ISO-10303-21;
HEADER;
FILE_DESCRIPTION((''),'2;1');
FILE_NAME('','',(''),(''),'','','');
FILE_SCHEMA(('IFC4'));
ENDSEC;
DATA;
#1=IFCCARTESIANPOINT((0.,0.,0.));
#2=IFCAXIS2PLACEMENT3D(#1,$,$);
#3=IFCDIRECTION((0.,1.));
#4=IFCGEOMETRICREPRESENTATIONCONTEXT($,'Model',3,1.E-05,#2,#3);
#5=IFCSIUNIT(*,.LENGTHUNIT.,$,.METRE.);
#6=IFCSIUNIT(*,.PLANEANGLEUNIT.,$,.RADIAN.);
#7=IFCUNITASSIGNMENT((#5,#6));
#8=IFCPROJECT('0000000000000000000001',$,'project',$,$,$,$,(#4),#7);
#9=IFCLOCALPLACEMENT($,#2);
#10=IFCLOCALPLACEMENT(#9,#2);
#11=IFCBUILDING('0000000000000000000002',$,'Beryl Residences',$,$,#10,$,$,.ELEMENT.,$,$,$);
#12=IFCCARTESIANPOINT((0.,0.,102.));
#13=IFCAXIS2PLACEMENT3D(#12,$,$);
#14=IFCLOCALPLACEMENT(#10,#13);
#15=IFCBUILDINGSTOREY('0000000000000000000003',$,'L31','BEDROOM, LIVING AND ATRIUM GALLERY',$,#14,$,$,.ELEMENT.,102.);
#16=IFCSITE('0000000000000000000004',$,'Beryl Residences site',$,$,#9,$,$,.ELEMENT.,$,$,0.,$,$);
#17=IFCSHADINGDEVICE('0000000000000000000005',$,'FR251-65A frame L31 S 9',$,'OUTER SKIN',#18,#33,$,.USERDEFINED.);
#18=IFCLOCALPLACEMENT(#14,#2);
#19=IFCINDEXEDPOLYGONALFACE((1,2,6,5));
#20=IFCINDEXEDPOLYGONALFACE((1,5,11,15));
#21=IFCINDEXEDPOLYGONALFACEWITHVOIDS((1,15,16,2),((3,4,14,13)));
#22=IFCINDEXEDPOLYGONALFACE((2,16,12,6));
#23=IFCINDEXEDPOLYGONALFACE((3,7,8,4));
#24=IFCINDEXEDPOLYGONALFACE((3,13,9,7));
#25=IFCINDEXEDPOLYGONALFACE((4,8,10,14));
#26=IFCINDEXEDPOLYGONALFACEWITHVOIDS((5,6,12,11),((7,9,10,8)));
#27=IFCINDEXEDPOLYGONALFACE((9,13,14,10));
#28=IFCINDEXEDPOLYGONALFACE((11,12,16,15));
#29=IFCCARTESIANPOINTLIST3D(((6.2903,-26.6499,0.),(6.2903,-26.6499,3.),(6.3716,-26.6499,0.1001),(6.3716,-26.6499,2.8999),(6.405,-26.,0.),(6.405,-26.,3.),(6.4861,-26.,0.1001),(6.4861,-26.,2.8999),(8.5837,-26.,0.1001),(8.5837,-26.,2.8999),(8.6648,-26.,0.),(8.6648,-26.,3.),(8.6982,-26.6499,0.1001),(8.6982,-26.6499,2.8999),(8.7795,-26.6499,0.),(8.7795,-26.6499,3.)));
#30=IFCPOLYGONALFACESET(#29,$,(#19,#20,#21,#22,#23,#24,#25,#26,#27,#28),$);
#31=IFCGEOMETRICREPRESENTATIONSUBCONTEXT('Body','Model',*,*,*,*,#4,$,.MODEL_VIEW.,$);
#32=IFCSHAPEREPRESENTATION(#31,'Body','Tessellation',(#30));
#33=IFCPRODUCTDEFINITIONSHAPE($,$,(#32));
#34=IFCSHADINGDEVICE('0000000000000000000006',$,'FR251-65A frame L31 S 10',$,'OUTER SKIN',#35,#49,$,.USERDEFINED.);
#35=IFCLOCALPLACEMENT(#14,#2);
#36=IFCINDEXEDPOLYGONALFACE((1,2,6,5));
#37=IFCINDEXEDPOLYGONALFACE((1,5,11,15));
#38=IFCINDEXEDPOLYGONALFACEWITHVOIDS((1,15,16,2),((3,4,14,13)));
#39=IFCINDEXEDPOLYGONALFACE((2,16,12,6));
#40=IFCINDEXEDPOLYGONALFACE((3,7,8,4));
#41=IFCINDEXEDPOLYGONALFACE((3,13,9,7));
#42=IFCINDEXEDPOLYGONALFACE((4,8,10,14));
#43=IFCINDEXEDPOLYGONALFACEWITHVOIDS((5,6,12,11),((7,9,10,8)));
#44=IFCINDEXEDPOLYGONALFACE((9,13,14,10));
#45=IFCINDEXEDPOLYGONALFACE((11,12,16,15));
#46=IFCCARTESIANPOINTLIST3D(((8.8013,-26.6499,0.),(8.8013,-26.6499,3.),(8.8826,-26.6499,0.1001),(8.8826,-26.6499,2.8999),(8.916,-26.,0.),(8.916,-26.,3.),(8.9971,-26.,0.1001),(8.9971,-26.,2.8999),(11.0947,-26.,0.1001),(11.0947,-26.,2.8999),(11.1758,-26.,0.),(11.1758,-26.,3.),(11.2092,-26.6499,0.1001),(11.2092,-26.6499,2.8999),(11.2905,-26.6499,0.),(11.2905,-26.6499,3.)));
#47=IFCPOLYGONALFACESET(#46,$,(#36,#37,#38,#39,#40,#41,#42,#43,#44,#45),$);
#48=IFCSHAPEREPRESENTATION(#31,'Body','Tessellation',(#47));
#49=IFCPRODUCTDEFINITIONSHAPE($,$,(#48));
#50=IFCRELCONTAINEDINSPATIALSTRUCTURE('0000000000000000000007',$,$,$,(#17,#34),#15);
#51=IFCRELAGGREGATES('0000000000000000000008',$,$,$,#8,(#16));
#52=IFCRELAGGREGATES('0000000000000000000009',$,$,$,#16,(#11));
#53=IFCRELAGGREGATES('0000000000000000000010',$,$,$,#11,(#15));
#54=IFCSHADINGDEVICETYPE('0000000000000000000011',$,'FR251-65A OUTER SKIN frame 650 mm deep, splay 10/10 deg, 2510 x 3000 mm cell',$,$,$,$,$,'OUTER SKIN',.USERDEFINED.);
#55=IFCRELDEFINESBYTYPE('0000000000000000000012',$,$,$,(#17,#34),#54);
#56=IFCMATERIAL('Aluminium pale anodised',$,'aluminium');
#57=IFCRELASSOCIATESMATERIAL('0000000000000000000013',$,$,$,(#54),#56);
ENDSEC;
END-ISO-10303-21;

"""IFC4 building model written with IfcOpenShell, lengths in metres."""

from ifc_helpers import new_model, entity, si_unit, direction, frame, origin, place, context, subcontext, project, spatial, source, transform, mapped, material, type_object, type_shapes, element, save


model = new_model("IFC4")

# Units and contexts
model_context = context("Model", 3, precision=1e-05, world=origin(), true_north=direction((0.0, 1.0)))
body_context = subcontext(model_context, "Body", "Model", "MODEL_VIEW")
ifc_project = project(units=[si_unit("LENGTHUNIT", "METRE"), si_unit("PLANEANGLEUNIT", "RADIAN")], contexts=[model_context])

# Site, building, storey
site_placement = place(None, origin())
site = spatial("IfcSite", under=ifc_project, at=site_placement, Name="Beryl Residences site", CompositionType="ELEMENT", RefElevation=0.0)
building_placement = place(site_placement, origin())
building = spatial("IfcBuilding", under=site, at=building_placement, Name="Beryl Residences", CompositionType="ELEMENT")
storey_placement = place(building_placement, frame((0.0, 0.0, 102.0)))
storey = spatial("IfcBuildingStorey", under=building, at=storey_placement, Name="L31", Description="BEDROOM, LIVING AND ATRIUM GALLERY", CompositionType="ELEMENT", Elevation=102.0)

# Shading devices
ifc_material_1 = material(Name="Aluminium pale anodised", Category="aluminium")
shading_device_type_1 = type_object("IfcShadingDeviceType", Name="FR251-65A OUTER SKIN frame 650 mm deep, splay 10/10 deg, 2510 x 3000 mm cell", ElementType="OUTER SKIN", PredefinedType="USERDEFINED", material=ifc_material_1)
cartesian_point_1 = entity("IfcCartesianPoint", [-1.1299, 0.0])
cartesian_point_2 = entity("IfcCartesianPoint", [-1.0488, 0.1001])
cartesian_point_3 = entity("IfcCartesianPoint", [-1.2446, 0.0])
cartesian_point_4 = entity("IfcCartesianPoint", [-1.1633, 0.1001])
shared_shape_1 = source(origin(), body_context, "Body", "SweptSolid", [
    entity("IfcExtrudedAreaSolidTapered", entity("IfcArbitraryProfileDefWithVoids", "AREA", None, entity("IfcPolyline", [cartesian_point_1, entity("IfcCartesianPoint", [1.1299, 0.0]), entity("IfcCartesianPoint", [1.1299, 3.0]), entity("IfcCartesianPoint", [-1.1299, 3.0]), cartesian_point_1]), [entity("IfcPolyline", [cartesian_point_2, entity("IfcCartesianPoint", [1.0488, 0.1001]), entity("IfcCartesianPoint", [1.0488, 2.8999]), entity("IfcCartesianPoint", [-1.0488, 2.8999]), cartesian_point_2])]), entity("IfcAxis2Placement3D", entity("IfcCartesianPoint", [0.0, 0.0, 0.0]), entity("IfcDirection", [0.0, 1.0, 0.0]), entity("IfcDirection", [-1.0, 0.0, 0.0])), entity("IfcDirection", [0.0, 0.0, 1.0]), 0.6499, entity("IfcArbitraryProfileDefWithVoids", "AREA", None, entity("IfcPolyline", [cartesian_point_3, entity("IfcCartesianPoint", [1.2446, 0.0]), entity("IfcCartesianPoint", [1.2446, 3.0]), entity("IfcCartesianPoint", [-1.2446, 3.0]), cartesian_point_3]), [entity("IfcPolyline", [cartesian_point_4, entity("IfcCartesianPoint", [1.1633, 0.1001]), entity("IfcCartesianPoint", [1.1633, 2.8999]), entity("IfcCartesianPoint", [-1.1633, 2.8999]), cartesian_point_4])])),
])
type_shapes(shading_device_type_1, [shared_shape_1])
for number, where, z_axis, x_axis, name in (
    (1, (7.5349, -26.0, 0.0), (0.0, 0.0, 1.0), (-1.0, 0.0, 0.0), "FR251-65A frame L31 S 9"),
    (2, (10.0459, -26.0, 0.0), (0.0, 0.0, 1.0), (-1.0, 0.0, 0.0), "FR251-65A frame L31 S 10"),
):
    element("IfcShadingDevice", number, at=place(storey_placement, frame(where, z_axis=z_axis, x_axis=x_axis)), inside=storey, type_object=shading_device_type_1, Name=name, ObjectType="OUTER SKIN", PredefinedType="USERDEFINED", context=body_context, shape_type="MappedRepresentation", body=[
        mapped(shared_shape_1, transform((0.0, 0.0, 0.0))),
    ])

save(model, "model.ifc")
